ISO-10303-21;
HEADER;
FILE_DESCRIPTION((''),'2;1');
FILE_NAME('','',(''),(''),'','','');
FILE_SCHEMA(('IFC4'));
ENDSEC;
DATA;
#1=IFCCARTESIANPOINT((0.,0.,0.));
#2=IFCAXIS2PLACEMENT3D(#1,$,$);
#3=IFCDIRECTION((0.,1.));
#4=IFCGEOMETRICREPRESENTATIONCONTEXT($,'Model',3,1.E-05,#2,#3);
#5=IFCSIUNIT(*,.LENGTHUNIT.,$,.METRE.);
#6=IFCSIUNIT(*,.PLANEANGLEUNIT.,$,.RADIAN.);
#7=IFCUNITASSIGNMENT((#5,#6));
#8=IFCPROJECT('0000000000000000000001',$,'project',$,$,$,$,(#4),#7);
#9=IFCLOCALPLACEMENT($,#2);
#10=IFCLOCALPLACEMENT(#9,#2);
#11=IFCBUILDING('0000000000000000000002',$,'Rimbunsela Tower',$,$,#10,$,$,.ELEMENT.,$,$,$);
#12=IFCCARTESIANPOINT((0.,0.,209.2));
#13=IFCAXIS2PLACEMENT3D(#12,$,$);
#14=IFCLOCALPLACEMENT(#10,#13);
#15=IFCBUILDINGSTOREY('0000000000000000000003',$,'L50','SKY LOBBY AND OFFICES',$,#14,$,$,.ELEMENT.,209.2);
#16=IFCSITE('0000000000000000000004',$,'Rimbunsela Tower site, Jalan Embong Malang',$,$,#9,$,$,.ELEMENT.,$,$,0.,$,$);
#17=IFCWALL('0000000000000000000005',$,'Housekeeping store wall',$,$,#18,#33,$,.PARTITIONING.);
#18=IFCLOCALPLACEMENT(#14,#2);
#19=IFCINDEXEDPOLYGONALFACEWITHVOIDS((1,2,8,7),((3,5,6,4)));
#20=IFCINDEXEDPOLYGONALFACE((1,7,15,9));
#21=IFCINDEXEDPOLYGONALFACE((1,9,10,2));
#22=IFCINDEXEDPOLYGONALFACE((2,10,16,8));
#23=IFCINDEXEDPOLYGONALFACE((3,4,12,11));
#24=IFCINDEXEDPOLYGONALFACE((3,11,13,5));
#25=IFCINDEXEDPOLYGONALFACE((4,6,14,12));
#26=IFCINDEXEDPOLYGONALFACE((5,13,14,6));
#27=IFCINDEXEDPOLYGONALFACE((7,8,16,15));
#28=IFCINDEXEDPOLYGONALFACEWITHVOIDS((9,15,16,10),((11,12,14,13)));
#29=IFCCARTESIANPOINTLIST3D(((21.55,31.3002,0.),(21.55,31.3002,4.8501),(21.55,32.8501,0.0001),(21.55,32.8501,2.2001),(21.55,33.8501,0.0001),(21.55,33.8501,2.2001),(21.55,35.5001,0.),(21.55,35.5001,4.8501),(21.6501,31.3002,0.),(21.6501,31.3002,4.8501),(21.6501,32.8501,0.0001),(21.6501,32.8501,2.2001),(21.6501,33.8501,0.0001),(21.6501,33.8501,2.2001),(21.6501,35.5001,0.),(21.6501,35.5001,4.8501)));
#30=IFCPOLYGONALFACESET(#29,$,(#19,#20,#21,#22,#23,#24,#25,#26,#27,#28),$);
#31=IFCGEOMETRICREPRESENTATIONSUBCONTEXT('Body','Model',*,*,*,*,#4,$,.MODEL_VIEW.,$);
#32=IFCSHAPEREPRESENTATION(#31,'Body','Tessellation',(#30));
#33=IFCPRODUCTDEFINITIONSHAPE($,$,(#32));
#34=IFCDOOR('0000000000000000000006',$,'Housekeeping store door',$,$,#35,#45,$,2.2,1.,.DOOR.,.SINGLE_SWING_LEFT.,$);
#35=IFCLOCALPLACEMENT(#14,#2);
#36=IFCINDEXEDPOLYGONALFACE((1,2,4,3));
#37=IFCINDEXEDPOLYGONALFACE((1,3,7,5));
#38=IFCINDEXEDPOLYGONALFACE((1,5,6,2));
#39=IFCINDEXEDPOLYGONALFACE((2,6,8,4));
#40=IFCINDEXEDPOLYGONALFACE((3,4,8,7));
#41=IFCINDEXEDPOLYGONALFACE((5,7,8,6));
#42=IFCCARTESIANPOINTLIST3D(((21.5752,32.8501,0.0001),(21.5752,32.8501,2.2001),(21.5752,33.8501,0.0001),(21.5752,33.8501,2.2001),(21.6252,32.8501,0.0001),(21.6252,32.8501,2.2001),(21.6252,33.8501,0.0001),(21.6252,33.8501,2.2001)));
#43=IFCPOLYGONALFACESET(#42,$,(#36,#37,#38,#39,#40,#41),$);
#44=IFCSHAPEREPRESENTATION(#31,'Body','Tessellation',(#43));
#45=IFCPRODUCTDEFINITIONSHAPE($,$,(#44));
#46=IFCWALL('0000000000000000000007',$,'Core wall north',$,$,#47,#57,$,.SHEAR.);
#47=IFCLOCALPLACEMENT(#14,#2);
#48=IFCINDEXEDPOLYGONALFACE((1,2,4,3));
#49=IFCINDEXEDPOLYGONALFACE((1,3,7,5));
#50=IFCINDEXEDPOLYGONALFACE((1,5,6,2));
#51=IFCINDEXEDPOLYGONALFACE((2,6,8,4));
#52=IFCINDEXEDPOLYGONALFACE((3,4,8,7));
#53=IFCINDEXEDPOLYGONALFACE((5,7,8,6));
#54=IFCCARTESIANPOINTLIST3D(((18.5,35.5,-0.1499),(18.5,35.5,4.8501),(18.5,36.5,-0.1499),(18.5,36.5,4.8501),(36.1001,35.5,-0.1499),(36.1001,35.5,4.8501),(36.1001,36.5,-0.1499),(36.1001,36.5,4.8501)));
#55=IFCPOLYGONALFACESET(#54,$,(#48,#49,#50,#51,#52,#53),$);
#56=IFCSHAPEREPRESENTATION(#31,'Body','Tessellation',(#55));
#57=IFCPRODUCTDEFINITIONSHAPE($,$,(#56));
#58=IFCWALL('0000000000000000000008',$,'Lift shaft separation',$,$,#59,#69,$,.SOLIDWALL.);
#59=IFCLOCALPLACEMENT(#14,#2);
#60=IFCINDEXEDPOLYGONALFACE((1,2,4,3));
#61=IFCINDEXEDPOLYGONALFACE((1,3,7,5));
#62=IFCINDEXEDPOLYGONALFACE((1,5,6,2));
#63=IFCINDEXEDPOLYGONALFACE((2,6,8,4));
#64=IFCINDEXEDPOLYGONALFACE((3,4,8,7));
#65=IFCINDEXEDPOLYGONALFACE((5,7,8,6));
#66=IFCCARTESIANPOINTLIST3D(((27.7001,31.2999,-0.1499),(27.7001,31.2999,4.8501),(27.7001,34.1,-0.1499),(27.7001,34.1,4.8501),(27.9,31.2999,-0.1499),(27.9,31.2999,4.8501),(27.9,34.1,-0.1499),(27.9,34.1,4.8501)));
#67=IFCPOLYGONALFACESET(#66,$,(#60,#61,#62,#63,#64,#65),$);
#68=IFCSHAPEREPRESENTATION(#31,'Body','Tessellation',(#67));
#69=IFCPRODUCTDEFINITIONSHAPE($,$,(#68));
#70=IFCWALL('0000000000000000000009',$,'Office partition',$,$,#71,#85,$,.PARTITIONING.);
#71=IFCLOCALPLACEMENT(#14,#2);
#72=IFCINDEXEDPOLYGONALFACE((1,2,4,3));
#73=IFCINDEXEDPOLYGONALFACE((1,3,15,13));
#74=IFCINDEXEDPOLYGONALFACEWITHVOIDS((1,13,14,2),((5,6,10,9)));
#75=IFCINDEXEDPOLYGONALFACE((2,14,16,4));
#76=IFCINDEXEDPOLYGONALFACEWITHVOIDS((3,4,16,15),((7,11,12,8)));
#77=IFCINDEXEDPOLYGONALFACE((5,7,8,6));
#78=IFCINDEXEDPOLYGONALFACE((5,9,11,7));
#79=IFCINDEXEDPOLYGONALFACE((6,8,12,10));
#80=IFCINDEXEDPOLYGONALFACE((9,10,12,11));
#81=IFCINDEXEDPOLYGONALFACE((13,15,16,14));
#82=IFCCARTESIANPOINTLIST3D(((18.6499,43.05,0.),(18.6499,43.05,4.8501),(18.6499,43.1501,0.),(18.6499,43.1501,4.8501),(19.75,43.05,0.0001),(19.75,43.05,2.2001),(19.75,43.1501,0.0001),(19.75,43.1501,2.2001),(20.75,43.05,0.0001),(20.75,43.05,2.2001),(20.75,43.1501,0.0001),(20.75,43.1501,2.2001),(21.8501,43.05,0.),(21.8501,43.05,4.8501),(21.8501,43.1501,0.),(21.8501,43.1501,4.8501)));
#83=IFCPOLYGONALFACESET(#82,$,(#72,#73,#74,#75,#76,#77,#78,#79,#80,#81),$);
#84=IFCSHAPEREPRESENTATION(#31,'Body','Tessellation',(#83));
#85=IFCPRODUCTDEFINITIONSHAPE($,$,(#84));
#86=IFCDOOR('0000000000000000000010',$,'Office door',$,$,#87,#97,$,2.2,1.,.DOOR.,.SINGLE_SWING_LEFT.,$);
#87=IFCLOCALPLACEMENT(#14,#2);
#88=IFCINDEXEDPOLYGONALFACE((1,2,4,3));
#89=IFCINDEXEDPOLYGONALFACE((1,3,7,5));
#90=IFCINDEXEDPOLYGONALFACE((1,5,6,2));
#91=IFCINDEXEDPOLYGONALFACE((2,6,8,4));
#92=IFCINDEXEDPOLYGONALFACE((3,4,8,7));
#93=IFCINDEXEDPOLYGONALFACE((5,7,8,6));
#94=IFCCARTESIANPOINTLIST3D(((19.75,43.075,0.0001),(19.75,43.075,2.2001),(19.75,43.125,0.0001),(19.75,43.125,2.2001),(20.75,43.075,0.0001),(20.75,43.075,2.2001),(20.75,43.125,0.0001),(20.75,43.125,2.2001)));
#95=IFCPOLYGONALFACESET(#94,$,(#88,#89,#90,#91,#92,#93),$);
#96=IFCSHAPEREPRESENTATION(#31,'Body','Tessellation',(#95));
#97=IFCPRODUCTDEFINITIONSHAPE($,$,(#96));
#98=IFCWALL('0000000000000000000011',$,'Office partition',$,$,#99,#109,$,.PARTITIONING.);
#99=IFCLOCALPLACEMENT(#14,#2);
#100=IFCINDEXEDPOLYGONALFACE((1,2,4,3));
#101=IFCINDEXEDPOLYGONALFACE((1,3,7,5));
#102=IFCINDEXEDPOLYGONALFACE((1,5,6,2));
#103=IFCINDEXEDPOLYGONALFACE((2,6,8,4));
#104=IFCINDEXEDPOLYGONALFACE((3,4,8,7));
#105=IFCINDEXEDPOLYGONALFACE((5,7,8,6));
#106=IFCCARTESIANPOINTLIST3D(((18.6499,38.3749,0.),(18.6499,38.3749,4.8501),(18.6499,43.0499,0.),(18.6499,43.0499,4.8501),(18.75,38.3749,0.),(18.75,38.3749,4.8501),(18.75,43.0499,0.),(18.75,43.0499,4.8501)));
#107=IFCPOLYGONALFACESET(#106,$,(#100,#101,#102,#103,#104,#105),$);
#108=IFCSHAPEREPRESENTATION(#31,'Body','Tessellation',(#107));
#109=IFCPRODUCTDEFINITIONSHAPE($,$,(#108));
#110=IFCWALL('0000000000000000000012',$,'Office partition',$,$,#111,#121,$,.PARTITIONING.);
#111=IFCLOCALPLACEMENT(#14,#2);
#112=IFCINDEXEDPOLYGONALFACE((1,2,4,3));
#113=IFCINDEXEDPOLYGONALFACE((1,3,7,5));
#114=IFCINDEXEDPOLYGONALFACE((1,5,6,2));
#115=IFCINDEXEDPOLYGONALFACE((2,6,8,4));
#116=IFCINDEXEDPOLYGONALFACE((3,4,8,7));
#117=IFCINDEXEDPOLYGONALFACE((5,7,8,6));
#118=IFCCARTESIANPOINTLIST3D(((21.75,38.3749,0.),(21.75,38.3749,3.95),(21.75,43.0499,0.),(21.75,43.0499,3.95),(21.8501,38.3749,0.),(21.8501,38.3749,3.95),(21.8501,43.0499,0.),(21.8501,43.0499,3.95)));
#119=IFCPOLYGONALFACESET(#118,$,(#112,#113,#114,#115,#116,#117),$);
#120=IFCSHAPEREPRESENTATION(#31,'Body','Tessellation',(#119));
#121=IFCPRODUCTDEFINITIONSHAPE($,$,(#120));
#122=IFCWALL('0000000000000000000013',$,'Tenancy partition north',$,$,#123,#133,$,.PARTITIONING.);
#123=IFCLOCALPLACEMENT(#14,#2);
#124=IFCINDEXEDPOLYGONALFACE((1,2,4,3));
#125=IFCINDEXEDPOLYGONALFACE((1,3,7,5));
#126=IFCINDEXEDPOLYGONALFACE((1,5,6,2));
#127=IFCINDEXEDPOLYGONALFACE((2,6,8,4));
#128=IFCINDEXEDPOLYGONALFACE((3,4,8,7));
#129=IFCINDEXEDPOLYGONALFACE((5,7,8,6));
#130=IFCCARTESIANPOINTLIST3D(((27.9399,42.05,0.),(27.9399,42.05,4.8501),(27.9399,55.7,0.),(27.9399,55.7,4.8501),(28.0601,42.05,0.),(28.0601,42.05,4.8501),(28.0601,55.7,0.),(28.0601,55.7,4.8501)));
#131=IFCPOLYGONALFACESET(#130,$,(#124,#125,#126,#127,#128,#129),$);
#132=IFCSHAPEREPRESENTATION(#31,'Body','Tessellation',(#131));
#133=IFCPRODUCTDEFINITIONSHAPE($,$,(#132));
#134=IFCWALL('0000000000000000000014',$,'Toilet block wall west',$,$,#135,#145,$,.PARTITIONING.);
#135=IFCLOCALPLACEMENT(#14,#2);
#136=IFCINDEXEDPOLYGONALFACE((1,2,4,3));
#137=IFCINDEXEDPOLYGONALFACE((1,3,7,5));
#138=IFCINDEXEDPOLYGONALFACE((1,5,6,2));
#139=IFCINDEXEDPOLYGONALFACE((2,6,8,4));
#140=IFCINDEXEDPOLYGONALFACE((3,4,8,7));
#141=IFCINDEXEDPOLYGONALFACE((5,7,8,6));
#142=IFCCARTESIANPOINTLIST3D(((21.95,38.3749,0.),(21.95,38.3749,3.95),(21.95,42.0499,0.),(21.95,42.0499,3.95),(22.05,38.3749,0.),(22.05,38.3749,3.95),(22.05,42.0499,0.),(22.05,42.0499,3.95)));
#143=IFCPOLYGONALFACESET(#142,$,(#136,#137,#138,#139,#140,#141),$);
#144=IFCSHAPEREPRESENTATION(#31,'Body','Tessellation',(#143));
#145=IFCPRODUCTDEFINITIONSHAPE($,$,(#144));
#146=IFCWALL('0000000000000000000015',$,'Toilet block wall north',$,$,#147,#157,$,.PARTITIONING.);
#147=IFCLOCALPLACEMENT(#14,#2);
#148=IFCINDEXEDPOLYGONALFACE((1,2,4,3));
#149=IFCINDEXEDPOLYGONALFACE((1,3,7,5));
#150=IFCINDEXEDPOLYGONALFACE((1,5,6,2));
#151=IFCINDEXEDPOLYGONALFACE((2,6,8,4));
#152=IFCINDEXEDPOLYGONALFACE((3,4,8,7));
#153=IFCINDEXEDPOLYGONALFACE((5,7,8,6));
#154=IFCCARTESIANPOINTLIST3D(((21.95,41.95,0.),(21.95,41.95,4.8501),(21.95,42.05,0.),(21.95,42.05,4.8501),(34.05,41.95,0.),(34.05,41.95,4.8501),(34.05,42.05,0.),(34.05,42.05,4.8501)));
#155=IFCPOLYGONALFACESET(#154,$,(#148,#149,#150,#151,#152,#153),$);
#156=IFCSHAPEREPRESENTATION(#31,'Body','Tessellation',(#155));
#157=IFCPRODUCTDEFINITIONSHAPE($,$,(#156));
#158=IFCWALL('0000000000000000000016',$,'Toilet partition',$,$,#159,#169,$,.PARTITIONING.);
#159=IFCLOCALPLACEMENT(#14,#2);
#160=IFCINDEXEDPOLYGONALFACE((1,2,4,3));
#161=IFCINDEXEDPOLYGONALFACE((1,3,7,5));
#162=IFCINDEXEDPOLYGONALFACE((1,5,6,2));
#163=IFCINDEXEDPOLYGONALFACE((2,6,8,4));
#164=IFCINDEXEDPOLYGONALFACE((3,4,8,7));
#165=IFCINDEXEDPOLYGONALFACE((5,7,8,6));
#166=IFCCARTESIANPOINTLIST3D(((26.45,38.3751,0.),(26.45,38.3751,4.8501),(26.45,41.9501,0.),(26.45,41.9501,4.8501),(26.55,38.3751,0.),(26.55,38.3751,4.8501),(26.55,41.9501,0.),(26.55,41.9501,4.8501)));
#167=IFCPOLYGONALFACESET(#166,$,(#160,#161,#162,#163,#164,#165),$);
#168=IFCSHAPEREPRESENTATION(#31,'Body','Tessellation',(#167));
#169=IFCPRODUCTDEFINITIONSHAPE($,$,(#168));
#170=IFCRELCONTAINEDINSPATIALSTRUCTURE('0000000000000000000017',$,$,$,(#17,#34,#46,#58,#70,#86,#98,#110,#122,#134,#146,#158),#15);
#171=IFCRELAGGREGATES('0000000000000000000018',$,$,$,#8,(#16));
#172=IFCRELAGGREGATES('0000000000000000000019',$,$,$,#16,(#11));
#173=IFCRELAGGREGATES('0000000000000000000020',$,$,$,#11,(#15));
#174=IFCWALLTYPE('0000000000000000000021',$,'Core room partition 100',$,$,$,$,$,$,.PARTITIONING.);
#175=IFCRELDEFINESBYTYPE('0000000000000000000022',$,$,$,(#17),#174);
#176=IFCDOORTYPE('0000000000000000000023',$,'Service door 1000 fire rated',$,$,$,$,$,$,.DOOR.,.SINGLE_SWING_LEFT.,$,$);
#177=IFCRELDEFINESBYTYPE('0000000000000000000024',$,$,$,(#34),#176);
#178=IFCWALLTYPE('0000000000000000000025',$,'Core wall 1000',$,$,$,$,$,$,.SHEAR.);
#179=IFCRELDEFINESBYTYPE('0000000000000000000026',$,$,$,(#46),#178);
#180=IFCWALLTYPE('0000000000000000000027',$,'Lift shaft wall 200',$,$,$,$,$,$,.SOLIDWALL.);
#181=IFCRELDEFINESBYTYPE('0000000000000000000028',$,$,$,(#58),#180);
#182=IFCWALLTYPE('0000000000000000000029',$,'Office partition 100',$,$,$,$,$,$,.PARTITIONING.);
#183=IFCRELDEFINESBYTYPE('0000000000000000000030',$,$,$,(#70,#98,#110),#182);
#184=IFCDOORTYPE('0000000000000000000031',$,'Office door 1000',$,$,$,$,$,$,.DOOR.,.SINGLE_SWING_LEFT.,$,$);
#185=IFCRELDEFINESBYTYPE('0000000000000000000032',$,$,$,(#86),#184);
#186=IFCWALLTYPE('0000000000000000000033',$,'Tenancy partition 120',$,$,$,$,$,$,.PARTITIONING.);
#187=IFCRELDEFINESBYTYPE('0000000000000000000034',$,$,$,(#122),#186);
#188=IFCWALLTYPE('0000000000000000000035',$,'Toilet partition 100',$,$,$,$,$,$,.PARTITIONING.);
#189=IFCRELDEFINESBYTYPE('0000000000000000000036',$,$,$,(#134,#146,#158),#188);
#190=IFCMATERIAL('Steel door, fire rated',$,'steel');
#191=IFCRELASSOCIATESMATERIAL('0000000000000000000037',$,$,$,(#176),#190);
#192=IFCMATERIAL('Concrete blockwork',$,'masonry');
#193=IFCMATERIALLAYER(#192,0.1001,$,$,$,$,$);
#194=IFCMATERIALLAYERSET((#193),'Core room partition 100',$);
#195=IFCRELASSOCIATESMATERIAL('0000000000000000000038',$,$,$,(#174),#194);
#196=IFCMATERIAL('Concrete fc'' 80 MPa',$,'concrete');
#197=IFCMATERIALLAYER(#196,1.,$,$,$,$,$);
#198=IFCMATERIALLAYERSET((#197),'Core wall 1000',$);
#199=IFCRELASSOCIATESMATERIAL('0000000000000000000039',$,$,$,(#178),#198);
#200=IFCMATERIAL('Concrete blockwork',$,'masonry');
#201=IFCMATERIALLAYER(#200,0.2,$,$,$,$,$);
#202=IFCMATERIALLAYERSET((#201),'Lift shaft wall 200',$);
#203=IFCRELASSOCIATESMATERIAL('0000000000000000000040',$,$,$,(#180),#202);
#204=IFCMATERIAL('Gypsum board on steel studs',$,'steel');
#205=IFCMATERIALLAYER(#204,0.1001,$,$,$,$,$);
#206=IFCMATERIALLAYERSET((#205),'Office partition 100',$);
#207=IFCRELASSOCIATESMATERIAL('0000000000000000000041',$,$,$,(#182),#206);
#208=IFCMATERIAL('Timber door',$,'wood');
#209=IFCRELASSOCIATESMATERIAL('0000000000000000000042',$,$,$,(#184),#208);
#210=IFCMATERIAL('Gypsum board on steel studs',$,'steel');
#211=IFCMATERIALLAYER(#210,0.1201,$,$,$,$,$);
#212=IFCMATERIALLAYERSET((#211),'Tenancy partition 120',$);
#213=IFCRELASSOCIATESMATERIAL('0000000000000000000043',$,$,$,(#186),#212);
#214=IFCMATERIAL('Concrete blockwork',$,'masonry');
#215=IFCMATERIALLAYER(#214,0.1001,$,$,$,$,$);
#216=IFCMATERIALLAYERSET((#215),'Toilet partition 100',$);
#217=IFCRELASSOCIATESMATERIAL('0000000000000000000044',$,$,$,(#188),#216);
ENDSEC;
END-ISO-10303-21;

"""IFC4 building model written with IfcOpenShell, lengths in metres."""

from ifc_helpers import new_model, si_unit, direction, frame, frame_2d, origin, place, context, subcontext, project, spatial, rectangle, extrude, material, layer, layer_set, type_object, element, fill, save


model = new_model("IFC4")

# Units and contexts
model_context = context("Model", 3, precision=1e-05, world=origin(), true_north=direction((0.0, 1.0)))
body_context = subcontext(model_context, "Body", "Model", "MODEL_VIEW")
ifc_project = project(units=[si_unit("LENGTHUNIT", "METRE"), si_unit("PLANEANGLEUNIT", "RADIAN")], contexts=[model_context])

# Site, building, storey
site_placement = place(None, origin())
site = spatial("IfcSite", under=ifc_project, at=site_placement, Name="Rimbunsela Tower site, Jalan Embong Malang", CompositionType="ELEMENT", RefElevation=0.0)
building_placement = place(site_placement, origin())
building = spatial("IfcBuilding", under=site, at=building_placement, Name="Rimbunsela Tower", CompositionType="ELEMENT")
storey_placement = place(building_placement, frame((0.0, 0.0, 209.2)))
storey = spatial("IfcBuildingStorey", under=building, at=storey_placement, Name="L50", Description="SKY LOBBY AND OFFICES", CompositionType="ELEMENT", Elevation=209.2)

# Shared definitions
ifc_material_1 = material(Name="Steel door, fire rated", Category="steel")
door_type_1 = type_object("IfcDoorType", Name="Service door 1000 fire rated", OperationType="SINGLE_SWING_LEFT", PredefinedType="DOOR", material=ifc_material_1)

# Wall, opening, door
ifc_material_2 = material(Name="Concrete blockwork", Category="masonry")
ifc_layer_1 = layer(ifc_material_2, 0.1001)
ifc_layer_set_1 = layer_set([ifc_layer_1], Name="Core room partition 100")
wall_type_1 = type_object("IfcWallType", Name="Core room partition 100", PredefinedType="PARTITIONING", material=ifc_layer_set_1)
wall_1_placement = place(storey_placement, frame((21.6001, 31.3, 0.0), z_axis=(0.0, 0.0, 1.0), x_axis=(0.0, 1.0, 0.0)))
wall_1 = element("IfcWall", 1, at=wall_1_placement, inside=storey, type_object=wall_type_1, Name="Housekeeping store wall", PredefinedType="PARTITIONING", context=body_context, shape_type="SweptSolid", body=[
    extrude(rectangle(XDim=4.2, YDim=0.1001, at=frame_2d((2.1001, 0.0))), origin(), (0.0, 0.0, 1.0), 4.8501),
])
opening_1_placement = place(wall_1_placement, frame((1.55, 0.0, 0.0)))
opening_1 = element("IfcOpeningElement", 2, at=opening_1_placement, cuts=wall_1, PredefinedType="OPENING", context=body_context, shape_type="SweptSolid", body=[
    extrude(rectangle(XDim=1.0, YDim=2.2, at=frame_2d((0.5, 1.1001))), frame((0.0, 0.0601, 0.0), z_axis=(0.0, -1.0, 0.0), x_axis=(1.0, 0.0, 0.0)), (0.0, 0.0, 1.0), 0.1201),
])
door_1_placement = place(opening_1_placement, origin())
door_1 = element("IfcDoor", 3, at=door_1_placement, inside=storey, type_object=door_type_1, Name="Housekeeping store door", OperationType="SINGLE_SWING_LEFT", OverallHeight=2.2, OverallWidth=1.0, PredefinedType="DOOR", context=body_context, shape_type="SweptSolid", body=[
    extrude(rectangle(XDim=1.0, YDim=2.2, at=frame_2d((0.5, 1.1001))), frame((0.0, 0.0249, 0.0), z_axis=(0.0, -1.0, 0.0), x_axis=(1.0, 0.0, 0.0)), (0.0, 0.0, 1.0), 0.05),
])
fill(opening_1, door_1)

# Walls
ifc_material_3 = material(Name="Concrete fc' 80 MPa", Category="concrete")
ifc_layer_2 = layer(ifc_material_3, 1.0)
ifc_layer_set_2 = layer_set([ifc_layer_2], Name="Core wall 1000")
wall_type_2 = type_object("IfcWallType", Name="Core wall 1000", PredefinedType="SHEAR", material=ifc_layer_set_2)
wall_2_placement = place(storey_placement, frame((18.5, 36.0, -0.1499), z_axis=(0.0, 0.0, 1.0), x_axis=(1.0, 0.0, 0.0)))
element("IfcWall", 4, at=wall_2_placement, inside=storey, type_object=wall_type_2, Name="Core wall north", PredefinedType="SHEAR", context=body_context, shape_type="SweptSolid", body=[
    extrude(rectangle(XDim=17.6001, YDim=1.0, at=frame_2d((8.8, 0.0))), origin(), (0.0, 0.0, 1.0), 5.0),
])
ifc_material_4 = material(Name="Concrete blockwork", Category="masonry")
ifc_layer_3 = layer(ifc_material_4, 0.2)
ifc_layer_set_3 = layer_set([ifc_layer_3], Name="Lift shaft wall 200")
wall_type_3 = type_object("IfcWallType", Name="Lift shaft wall 200", PredefinedType="SOLIDWALL", material=ifc_layer_set_3)
wall_3_placement = place(storey_placement, frame((27.8, 31.3, -0.1499), z_axis=(0.0, 0.0, 1.0), x_axis=(0.0, 1.0, 0.0)))
element("IfcWall", 5, at=wall_3_placement, inside=storey, type_object=wall_type_3, Name="Lift shaft separation", PredefinedType="SOLIDWALL", context=body_context, shape_type="SweptSolid", body=[
    extrude(rectangle(XDim=2.8, YDim=0.2, at=frame_2d((1.3999, 0.0))), origin(), (0.0, 0.0, 1.0), 5.0),
])

# Wall, opening, door
ifc_material_5 = material(Name="Gypsum board on steel studs", Category="steel")
ifc_layer_4 = layer(ifc_material_5, 0.1001)
ifc_layer_set_4 = layer_set([ifc_layer_4], Name="Office partition 100")
wall_type_4 = type_object("IfcWallType", Name="Office partition 100", PredefinedType="PARTITIONING", material=ifc_layer_set_4)
wall_4_placement = place(storey_placement, frame((18.6499, 43.1001, 0.0), z_axis=(0.0, 0.0, 1.0), x_axis=(1.0, 0.0, 0.0)))
wall_4 = element("IfcWall", 6, at=wall_4_placement, inside=storey, type_object=wall_type_4, Name="Office partition", PredefinedType="PARTITIONING", context=body_context, shape_type="SweptSolid", body=[
    extrude(rectangle(XDim=3.2002, YDim=0.1001, at=frame_2d((1.6001, 0.0))), origin(), (0.0, 0.0, 1.0), 4.8501),
])
opening_2_placement = place(wall_4_placement, frame((1.1001, 0.0, 0.0)))
opening_2 = element("IfcOpeningElement", 7, at=opening_2_placement, cuts=wall_4, PredefinedType="OPENING", context=body_context, shape_type="SweptSolid", body=[
    extrude(rectangle(XDim=1.0, YDim=2.2, at=frame_2d((0.5, 1.1001))), frame((0.0, 0.0601, 0.0), z_axis=(0.0, -1.0, 0.0), x_axis=(1.0, 0.0, 0.0)), (0.0, 0.0, 1.0), 0.1201),
])
ifc_material_6 = material(Name="Timber door", Category="wood")
door_type_2 = type_object("IfcDoorType", Name="Office door 1000", OperationType="SINGLE_SWING_LEFT", PredefinedType="DOOR", material=ifc_material_6)
door_2_placement = place(opening_2_placement, origin())
door_2 = element("IfcDoor", 8, at=door_2_placement, inside=storey, type_object=door_type_2, Name="Office door", OperationType="SINGLE_SWING_LEFT", OverallHeight=2.2, OverallWidth=1.0, PredefinedType="DOOR", context=body_context, shape_type="SweptSolid", body=[
    extrude(rectangle(XDim=1.0, YDim=2.2, at=frame_2d((0.5, 1.1001))), frame((0.0, 0.0249, 0.0), z_axis=(0.0, -1.0, 0.0), x_axis=(1.0, 0.0, 0.0)), (0.0, 0.0, 1.0), 0.05),
])
fill(opening_2, door_2)

# Walls
wall_5_placement = place(storey_placement, frame((18.7, 38.375, 0.0), z_axis=(0.0, 0.0, 1.0), x_axis=(0.0, 1.0, 0.0)))
element("IfcWall", 9, at=wall_5_placement, inside=storey, type_object=wall_type_4, Name="Office partition", PredefinedType="PARTITIONING", context=body_context, shape_type="SweptSolid", body=[
    extrude(rectangle(XDim=4.675, YDim=0.1001, at=frame_2d((2.3374, 0.0))), origin(), (0.0, 0.0, 1.0), 4.8501),
])
wall_6_placement = place(storey_placement, frame((21.8, 38.375, 0.0), z_axis=(0.0, 0.0, 1.0), x_axis=(0.0, 1.0, 0.0)))
element("IfcWall", 10, at=wall_6_placement, inside=storey, type_object=wall_type_4, Name="Office partition", PredefinedType="PARTITIONING", context=body_context, shape_type="SweptSolid", body=[
    extrude(rectangle(XDim=4.675, YDim=0.1001, at=frame_2d((2.3374, 0.0))), origin(), (0.0, 0.0, 1.0), 3.95),
])
ifc_material_7 = material(Name="Gypsum board on steel studs", Category="steel")
ifc_layer_5 = layer(ifc_material_7, 0.1201)
ifc_layer_set_5 = layer_set([ifc_layer_5], Name="Tenancy partition 120")
wall_type_5 = type_object("IfcWallType", Name="Tenancy partition 120", PredefinedType="PARTITIONING", material=ifc_layer_set_5)
wall_7_placement = place(storey_placement, frame((28.0, 42.05, 0.0), z_axis=(0.0, 0.0, 1.0), x_axis=(0.0, 1.0, 0.0)))
element("IfcWall", 11, at=wall_7_placement, inside=storey, type_object=wall_type_5, Name="Tenancy partition north", PredefinedType="PARTITIONING", context=body_context, shape_type="SweptSolid", body=[
    extrude(rectangle(XDim=13.6499, YDim=0.1201, at=frame_2d((6.825, 0.0))), origin(), (0.0, 0.0, 1.0), 4.8501),
])
ifc_material_8 = material(Name="Concrete blockwork", Category="masonry")
ifc_layer_6 = layer(ifc_material_8, 0.1001)
ifc_layer_set_6 = layer_set([ifc_layer_6], Name="Toilet partition 100")
wall_type_6 = type_object("IfcWallType", Name="Toilet partition 100", PredefinedType="PARTITIONING", material=ifc_layer_set_6)
wall_8_placement = place(storey_placement, frame((22.0, 38.375, 0.0), z_axis=(0.0, 0.0, 1.0), x_axis=(0.0, 1.0, 0.0)))
element("IfcWall", 12, at=wall_8_placement, inside=storey, type_object=wall_type_6, Name="Toilet block wall west", PredefinedType="PARTITIONING", context=body_context, shape_type="SweptSolid", body=[
    extrude(rectangle(XDim=3.675, YDim=0.1001, at=frame_2d((1.8374, 0.0))), origin(), (0.0, 0.0, 1.0), 3.95),
])
wall_9_placement = place(storey_placement, frame((21.95, 42.0, 0.0), z_axis=(0.0, 0.0, 1.0), x_axis=(1.0, 0.0, 0.0)))
element("IfcWall", 13, at=wall_9_placement, inside=storey, type_object=wall_type_6, Name="Toilet block wall north", PredefinedType="PARTITIONING", context=body_context, shape_type="SweptSolid", body=[
    extrude(rectangle(XDim=12.1001, YDim=0.1001, at=frame_2d((6.05, 0.0))), origin(), (0.0, 0.0, 1.0), 4.8501),
])
wall_10_placement = place(storey_placement, frame((26.5, 38.375, 0.0), z_axis=(0.0, 0.0, 1.0), x_axis=(0.0, 1.0, 0.0)))
element("IfcWall", 14, at=wall_10_placement, inside=storey, type_object=wall_type_6, Name="Toilet partition", PredefinedType="PARTITIONING", context=body_context, shape_type="SweptSolid", body=[
    extrude(rectangle(XDim=3.575, YDim=0.1001, at=frame_2d((1.7876, 0.0))), origin(), (0.0, 0.0, 1.0), 4.8501),
])

save(model, "model.ifc")
